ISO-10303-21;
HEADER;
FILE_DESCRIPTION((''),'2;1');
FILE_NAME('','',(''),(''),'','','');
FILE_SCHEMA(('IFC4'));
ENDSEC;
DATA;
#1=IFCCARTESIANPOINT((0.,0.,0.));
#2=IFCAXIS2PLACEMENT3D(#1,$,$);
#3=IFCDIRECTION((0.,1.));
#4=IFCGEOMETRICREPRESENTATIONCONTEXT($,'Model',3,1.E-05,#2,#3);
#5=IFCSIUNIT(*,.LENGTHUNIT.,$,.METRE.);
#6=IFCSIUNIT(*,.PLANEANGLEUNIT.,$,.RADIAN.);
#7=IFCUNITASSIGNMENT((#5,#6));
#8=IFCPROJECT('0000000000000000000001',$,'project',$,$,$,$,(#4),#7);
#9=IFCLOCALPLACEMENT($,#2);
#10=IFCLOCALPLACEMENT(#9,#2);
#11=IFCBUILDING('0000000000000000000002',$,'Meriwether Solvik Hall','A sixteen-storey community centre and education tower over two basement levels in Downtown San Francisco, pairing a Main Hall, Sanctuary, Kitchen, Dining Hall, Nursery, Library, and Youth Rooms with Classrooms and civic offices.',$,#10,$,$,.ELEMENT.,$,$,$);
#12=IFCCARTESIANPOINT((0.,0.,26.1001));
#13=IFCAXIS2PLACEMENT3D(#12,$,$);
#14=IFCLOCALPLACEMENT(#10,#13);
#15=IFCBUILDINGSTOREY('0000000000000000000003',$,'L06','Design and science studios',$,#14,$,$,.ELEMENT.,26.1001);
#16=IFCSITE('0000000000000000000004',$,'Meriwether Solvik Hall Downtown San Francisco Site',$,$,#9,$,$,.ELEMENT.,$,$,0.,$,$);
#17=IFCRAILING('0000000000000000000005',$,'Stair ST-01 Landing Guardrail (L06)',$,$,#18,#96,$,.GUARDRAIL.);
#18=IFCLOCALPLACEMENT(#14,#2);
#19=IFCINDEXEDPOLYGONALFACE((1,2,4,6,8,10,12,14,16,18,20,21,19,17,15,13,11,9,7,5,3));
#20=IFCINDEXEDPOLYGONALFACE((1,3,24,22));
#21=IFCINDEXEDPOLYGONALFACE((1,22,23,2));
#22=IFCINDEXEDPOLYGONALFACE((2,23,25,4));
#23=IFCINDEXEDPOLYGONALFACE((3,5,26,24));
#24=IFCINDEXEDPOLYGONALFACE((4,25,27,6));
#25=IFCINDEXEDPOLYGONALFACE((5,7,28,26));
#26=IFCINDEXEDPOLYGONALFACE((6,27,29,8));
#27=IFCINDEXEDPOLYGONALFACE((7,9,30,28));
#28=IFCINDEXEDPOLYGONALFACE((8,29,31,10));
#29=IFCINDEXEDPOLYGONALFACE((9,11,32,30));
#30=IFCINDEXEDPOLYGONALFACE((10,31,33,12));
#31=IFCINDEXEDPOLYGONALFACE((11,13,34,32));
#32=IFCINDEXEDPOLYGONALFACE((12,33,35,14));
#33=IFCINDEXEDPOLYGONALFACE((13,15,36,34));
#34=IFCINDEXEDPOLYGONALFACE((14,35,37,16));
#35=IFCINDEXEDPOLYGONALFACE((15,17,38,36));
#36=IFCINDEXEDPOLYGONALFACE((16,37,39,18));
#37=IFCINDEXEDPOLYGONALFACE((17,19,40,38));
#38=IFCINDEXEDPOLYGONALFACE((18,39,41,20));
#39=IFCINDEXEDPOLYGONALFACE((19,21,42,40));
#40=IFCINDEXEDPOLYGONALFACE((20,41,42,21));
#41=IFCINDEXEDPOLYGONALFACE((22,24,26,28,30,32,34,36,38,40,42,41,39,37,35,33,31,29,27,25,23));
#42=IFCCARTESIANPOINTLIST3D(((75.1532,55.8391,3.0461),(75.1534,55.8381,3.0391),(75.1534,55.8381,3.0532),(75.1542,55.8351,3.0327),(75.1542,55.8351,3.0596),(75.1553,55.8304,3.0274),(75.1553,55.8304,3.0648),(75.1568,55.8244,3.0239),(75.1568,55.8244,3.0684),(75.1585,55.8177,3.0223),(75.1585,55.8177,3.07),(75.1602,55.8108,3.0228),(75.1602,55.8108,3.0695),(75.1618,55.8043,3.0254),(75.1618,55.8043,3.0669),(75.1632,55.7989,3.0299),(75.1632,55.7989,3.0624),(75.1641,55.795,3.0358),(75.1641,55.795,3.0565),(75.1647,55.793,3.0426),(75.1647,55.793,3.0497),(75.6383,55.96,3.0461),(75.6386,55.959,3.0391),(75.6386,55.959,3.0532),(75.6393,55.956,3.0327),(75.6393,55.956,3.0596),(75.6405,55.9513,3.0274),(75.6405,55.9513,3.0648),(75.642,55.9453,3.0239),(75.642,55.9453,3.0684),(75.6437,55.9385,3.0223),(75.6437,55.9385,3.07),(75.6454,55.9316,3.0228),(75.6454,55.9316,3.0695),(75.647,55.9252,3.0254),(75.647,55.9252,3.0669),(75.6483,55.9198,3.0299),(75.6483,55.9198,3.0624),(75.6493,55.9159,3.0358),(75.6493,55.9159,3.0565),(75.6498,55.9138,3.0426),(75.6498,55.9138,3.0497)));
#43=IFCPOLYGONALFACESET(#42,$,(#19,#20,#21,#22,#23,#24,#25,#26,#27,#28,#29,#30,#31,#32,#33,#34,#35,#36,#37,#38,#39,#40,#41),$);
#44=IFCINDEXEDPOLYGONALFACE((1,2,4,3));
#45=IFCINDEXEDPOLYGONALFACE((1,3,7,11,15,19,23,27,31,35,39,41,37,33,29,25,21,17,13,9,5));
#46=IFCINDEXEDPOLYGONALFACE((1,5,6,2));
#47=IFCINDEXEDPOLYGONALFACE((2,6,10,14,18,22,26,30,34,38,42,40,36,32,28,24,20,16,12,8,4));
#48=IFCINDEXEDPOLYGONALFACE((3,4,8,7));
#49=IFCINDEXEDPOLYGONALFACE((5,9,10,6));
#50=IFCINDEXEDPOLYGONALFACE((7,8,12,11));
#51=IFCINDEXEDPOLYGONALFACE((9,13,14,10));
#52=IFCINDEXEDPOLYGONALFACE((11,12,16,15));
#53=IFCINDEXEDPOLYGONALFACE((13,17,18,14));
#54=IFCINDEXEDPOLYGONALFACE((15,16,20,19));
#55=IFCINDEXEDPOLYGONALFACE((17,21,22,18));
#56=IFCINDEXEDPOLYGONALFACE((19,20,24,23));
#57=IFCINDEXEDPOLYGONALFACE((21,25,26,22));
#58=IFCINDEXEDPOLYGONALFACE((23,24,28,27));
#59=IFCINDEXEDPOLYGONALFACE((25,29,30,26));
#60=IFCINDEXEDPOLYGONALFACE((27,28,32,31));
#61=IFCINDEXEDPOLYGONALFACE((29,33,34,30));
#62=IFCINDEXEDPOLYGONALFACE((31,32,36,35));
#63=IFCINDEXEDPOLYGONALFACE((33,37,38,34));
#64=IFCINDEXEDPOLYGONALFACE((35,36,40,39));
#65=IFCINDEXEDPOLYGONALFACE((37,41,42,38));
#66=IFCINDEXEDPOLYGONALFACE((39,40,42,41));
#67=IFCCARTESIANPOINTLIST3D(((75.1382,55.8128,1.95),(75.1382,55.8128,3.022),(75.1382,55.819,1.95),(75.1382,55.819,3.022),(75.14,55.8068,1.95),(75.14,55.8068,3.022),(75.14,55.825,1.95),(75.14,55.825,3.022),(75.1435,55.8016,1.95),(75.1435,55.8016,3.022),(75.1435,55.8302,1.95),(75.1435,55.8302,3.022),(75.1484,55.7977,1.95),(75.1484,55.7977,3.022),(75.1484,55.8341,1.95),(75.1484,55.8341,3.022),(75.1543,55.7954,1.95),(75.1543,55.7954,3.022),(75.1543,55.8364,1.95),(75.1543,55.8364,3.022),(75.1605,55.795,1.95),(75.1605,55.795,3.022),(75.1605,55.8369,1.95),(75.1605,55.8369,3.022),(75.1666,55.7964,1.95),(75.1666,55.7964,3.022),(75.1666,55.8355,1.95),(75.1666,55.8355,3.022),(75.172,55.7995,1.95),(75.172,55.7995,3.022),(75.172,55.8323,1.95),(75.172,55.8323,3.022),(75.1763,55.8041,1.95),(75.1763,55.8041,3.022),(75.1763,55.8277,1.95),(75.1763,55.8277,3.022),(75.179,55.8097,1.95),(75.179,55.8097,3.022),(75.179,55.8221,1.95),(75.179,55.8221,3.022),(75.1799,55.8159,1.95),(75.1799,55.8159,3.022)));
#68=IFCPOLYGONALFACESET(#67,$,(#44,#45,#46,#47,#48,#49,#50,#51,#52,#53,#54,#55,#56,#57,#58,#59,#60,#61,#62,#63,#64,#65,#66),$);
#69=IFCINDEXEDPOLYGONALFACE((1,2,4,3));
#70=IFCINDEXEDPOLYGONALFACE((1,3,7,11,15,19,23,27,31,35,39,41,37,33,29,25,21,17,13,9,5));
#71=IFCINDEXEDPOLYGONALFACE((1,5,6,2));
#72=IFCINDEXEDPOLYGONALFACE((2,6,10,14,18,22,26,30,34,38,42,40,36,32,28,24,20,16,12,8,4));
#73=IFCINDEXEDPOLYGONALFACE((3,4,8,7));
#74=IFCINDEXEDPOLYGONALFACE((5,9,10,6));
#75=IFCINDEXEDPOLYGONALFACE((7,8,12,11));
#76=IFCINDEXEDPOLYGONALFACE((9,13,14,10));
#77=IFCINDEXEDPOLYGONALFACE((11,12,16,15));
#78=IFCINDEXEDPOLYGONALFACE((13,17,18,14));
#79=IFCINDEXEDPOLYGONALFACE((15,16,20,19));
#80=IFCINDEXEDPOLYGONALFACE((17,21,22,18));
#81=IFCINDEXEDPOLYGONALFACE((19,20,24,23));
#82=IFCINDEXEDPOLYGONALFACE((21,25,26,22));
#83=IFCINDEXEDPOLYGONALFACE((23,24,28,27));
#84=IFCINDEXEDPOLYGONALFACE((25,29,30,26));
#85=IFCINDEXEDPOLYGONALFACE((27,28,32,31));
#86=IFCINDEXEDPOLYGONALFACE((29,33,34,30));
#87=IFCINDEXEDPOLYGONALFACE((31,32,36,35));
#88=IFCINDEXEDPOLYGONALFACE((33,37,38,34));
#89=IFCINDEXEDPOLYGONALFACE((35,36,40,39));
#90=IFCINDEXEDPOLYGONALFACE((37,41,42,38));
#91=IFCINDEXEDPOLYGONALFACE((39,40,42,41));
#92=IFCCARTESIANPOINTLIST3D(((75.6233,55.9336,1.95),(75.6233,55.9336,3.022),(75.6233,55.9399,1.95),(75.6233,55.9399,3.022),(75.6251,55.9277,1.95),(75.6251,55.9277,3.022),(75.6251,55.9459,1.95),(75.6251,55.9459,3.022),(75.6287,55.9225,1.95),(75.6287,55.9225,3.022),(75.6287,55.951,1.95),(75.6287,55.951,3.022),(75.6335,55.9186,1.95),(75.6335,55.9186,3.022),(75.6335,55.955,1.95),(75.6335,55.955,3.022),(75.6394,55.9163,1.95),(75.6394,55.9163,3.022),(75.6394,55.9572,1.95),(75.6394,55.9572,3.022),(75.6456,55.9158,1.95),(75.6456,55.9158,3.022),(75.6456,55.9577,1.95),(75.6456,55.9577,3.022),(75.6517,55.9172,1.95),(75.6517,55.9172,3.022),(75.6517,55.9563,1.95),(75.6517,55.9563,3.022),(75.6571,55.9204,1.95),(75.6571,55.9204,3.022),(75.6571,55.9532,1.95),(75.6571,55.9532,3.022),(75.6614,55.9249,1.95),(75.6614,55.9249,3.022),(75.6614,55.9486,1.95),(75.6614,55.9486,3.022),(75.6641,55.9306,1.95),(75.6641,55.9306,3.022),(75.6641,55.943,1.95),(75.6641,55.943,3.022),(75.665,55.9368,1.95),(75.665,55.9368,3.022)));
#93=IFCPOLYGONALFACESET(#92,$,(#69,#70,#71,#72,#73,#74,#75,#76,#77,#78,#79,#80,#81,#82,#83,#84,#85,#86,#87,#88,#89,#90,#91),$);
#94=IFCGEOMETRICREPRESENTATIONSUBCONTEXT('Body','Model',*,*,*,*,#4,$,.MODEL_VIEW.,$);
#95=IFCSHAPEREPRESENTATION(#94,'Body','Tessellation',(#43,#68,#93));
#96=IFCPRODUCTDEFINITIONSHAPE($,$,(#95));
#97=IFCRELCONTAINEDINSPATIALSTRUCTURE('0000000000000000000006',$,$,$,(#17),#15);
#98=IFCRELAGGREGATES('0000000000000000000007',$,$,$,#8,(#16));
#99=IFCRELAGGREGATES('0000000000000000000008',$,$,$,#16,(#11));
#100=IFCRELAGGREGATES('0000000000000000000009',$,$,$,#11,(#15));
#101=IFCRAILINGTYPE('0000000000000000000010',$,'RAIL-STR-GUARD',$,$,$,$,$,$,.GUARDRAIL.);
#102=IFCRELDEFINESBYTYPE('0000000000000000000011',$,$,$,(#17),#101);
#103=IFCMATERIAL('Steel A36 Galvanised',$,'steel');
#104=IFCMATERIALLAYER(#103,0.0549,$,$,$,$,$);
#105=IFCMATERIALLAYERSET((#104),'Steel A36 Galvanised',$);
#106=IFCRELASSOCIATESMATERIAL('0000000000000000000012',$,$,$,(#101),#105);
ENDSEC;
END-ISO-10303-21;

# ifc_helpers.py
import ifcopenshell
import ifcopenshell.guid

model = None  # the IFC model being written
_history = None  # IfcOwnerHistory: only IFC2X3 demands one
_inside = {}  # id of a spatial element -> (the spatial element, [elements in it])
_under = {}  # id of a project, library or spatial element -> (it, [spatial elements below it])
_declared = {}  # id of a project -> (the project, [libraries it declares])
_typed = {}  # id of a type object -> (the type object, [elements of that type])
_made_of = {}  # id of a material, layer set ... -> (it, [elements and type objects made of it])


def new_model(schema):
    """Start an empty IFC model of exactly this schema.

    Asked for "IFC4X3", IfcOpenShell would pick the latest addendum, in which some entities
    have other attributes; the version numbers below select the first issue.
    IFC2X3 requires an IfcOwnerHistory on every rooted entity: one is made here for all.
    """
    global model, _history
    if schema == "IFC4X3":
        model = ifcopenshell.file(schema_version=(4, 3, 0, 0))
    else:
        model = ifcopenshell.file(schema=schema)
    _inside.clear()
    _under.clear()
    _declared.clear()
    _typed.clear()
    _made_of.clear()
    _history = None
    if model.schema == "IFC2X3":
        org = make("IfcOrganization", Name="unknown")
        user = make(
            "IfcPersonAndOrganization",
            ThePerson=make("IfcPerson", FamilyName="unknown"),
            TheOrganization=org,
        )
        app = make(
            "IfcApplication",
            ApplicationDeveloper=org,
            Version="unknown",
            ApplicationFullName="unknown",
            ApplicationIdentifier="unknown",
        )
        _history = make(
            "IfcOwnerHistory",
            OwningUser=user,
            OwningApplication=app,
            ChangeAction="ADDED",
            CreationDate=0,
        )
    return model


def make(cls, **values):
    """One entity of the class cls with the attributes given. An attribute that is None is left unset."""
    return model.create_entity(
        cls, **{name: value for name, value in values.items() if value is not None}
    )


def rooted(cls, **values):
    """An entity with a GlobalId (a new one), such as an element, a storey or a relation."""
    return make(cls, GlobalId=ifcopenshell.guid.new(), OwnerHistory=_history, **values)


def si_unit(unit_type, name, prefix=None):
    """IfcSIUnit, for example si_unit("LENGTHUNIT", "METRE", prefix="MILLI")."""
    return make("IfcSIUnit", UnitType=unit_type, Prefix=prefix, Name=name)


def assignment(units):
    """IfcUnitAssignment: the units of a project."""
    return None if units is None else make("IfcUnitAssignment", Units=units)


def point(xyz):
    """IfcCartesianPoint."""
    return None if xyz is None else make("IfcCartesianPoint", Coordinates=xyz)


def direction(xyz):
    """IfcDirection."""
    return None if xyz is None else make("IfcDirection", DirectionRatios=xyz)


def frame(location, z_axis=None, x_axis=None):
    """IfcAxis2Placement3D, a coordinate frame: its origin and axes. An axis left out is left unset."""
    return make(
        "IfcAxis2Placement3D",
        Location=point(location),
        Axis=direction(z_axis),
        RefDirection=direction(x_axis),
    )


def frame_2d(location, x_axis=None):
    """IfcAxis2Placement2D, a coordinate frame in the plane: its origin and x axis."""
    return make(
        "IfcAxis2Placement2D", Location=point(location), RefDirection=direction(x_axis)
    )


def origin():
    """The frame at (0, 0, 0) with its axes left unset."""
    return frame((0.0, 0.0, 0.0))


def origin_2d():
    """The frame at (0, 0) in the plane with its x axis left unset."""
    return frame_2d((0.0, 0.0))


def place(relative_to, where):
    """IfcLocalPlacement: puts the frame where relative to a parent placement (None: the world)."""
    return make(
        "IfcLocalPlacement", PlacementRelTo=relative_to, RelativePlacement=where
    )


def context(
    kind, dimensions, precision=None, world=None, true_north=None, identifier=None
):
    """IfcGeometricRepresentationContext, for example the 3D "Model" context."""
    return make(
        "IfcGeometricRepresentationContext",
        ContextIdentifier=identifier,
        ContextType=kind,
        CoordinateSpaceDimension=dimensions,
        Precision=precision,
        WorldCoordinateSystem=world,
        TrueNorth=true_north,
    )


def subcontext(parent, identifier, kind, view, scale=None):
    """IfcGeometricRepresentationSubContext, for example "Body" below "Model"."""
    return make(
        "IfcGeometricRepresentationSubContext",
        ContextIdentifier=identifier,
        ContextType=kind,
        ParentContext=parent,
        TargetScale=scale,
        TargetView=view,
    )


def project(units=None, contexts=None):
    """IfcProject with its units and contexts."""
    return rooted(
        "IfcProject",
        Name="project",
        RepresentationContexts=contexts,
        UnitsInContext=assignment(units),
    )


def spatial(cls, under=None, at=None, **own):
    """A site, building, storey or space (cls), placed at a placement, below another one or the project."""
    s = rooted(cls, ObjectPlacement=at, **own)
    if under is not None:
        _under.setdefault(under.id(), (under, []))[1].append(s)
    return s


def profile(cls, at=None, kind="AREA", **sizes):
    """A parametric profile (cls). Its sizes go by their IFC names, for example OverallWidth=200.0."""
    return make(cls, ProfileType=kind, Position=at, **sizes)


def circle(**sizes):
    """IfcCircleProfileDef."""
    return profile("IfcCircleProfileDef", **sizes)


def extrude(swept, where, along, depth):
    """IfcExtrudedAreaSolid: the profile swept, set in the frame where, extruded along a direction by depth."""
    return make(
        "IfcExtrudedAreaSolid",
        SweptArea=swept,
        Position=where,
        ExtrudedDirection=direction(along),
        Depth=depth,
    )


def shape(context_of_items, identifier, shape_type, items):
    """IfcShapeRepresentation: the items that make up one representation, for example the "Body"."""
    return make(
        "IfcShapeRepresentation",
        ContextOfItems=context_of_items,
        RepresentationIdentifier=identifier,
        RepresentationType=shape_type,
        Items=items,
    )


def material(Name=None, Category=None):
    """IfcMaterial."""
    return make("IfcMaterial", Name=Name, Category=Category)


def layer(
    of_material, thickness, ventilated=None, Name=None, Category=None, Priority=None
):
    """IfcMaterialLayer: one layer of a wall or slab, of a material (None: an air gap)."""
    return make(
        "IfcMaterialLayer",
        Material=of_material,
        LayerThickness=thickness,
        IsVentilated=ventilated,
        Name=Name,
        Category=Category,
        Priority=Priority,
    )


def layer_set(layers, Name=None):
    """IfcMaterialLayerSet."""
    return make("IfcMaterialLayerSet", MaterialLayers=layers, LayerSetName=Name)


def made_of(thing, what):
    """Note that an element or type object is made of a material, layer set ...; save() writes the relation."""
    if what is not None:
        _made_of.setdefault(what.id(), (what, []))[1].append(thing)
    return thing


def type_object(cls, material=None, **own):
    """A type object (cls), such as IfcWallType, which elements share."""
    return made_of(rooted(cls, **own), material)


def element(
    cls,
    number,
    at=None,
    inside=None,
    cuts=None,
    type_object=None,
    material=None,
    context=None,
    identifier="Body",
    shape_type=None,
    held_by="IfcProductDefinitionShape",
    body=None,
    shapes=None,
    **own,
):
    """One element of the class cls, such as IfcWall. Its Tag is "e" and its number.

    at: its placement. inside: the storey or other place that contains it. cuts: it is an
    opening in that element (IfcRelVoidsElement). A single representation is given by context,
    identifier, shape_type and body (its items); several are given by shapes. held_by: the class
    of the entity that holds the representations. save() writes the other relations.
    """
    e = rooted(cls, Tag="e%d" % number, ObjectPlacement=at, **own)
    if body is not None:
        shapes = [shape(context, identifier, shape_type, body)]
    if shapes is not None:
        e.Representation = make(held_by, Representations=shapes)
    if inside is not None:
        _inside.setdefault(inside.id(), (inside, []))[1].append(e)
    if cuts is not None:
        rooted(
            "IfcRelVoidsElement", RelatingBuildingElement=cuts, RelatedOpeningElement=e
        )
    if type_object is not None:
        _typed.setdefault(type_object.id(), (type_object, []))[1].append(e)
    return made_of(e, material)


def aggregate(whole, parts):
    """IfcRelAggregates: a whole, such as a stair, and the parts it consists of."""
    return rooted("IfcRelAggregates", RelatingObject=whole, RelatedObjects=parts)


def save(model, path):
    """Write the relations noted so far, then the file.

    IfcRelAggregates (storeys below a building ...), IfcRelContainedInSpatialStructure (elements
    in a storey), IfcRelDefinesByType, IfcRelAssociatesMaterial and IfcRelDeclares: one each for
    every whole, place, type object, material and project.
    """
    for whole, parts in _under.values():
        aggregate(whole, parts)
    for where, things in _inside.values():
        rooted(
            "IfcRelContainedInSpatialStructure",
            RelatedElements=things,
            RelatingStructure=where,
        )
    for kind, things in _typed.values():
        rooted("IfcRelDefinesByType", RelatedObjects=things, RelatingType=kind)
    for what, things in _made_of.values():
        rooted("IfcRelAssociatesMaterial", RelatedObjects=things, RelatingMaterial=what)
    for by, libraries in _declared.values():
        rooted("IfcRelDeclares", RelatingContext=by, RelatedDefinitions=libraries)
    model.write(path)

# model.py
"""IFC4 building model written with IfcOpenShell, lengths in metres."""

from ifc_helpers import new_model, si_unit, direction, frame, origin, origin_2d, place, context, subcontext, project, spatial, circle, extrude, material, layer, layer_set, type_object, element, save


model = new_model("IFC4")

# Units and contexts
model_context = context("Model", 3, precision=1e-05, world=origin(), true_north=direction((0.0, 1.0)))
body_context = subcontext(model_context, "Body", "Model", "MODEL_VIEW")
ifc_project = project(units=[si_unit("LENGTHUNIT", "METRE"), si_unit("PLANEANGLEUNIT", "RADIAN")], contexts=[model_context])

# Site, building, storey
site_placement = place(None, origin())
site = spatial("IfcSite", under=ifc_project, at=site_placement, Name="Meriwether Solvik Hall Downtown San Francisco Site", CompositionType="ELEMENT", RefElevation=0.0)
building_placement = place(site_placement, origin())
building = spatial("IfcBuilding", under=site, at=building_placement, Name="Meriwether Solvik Hall", Description="A sixteen-storey community centre and education tower over two basement levels in Downtown San Francisco, pairing a Main Hall, Sanctuary, Kitchen, Dining Hall, Nursery, Library, and Youth Rooms with Classrooms and civic offices.", CompositionType="ELEMENT")
storey_placement = place(building_placement, frame((0.0, 0.0, 26.1001)))
storey = spatial("IfcBuildingStorey", under=building, at=storey_placement, Name="L06", Description="Design and science studios", CompositionType="ELEMENT", Elevation=26.1001)

# Railing
ifc_material_1 = material(Name="Steel A36 Galvanised", Category="steel")
ifc_layer_1 = layer(ifc_material_1, 0.0549)
ifc_layer_set_1 = layer_set([ifc_layer_1], Name="Steel A36 Galvanised")
railing_type_1 = type_object("IfcRailingType", Name="RAIL-STR-GUARD", PredefinedType="GUARDRAIL", material=ifc_layer_set_1)
railing_1_placement = place(storey_placement, frame((75.1589, 55.8159, 1.95)))
element("IfcRailing", 1, at=railing_1_placement, inside=storey, type_object=railing_type_1, Name="Stair ST-01 Landing Guardrail (L06)", PredefinedType="GUARDRAIL", context=body_context, shape_type="SweptSolid", body=[
    extrude(circle(Radius=0.0239, at=origin_2d()), frame((0.0, 0.0, 1.0962), z_axis=(0.970343, 0.241731, 0.0), x_axis=(-0.241731, 0.970343, 0.0)), (0.0, 0.0, 1.0), 0.5),
    extrude(circle(Radius=0.021, at=origin_2d()), origin(), (0.0, 0.0, 1.0), 1.072),
    extrude(circle(Radius=0.021, at=origin_2d()), frame((0.4851, 0.1208, 0.0)), (0.0, 0.0, 1.0), 1.072),
])

save(model, "model.ifc")
